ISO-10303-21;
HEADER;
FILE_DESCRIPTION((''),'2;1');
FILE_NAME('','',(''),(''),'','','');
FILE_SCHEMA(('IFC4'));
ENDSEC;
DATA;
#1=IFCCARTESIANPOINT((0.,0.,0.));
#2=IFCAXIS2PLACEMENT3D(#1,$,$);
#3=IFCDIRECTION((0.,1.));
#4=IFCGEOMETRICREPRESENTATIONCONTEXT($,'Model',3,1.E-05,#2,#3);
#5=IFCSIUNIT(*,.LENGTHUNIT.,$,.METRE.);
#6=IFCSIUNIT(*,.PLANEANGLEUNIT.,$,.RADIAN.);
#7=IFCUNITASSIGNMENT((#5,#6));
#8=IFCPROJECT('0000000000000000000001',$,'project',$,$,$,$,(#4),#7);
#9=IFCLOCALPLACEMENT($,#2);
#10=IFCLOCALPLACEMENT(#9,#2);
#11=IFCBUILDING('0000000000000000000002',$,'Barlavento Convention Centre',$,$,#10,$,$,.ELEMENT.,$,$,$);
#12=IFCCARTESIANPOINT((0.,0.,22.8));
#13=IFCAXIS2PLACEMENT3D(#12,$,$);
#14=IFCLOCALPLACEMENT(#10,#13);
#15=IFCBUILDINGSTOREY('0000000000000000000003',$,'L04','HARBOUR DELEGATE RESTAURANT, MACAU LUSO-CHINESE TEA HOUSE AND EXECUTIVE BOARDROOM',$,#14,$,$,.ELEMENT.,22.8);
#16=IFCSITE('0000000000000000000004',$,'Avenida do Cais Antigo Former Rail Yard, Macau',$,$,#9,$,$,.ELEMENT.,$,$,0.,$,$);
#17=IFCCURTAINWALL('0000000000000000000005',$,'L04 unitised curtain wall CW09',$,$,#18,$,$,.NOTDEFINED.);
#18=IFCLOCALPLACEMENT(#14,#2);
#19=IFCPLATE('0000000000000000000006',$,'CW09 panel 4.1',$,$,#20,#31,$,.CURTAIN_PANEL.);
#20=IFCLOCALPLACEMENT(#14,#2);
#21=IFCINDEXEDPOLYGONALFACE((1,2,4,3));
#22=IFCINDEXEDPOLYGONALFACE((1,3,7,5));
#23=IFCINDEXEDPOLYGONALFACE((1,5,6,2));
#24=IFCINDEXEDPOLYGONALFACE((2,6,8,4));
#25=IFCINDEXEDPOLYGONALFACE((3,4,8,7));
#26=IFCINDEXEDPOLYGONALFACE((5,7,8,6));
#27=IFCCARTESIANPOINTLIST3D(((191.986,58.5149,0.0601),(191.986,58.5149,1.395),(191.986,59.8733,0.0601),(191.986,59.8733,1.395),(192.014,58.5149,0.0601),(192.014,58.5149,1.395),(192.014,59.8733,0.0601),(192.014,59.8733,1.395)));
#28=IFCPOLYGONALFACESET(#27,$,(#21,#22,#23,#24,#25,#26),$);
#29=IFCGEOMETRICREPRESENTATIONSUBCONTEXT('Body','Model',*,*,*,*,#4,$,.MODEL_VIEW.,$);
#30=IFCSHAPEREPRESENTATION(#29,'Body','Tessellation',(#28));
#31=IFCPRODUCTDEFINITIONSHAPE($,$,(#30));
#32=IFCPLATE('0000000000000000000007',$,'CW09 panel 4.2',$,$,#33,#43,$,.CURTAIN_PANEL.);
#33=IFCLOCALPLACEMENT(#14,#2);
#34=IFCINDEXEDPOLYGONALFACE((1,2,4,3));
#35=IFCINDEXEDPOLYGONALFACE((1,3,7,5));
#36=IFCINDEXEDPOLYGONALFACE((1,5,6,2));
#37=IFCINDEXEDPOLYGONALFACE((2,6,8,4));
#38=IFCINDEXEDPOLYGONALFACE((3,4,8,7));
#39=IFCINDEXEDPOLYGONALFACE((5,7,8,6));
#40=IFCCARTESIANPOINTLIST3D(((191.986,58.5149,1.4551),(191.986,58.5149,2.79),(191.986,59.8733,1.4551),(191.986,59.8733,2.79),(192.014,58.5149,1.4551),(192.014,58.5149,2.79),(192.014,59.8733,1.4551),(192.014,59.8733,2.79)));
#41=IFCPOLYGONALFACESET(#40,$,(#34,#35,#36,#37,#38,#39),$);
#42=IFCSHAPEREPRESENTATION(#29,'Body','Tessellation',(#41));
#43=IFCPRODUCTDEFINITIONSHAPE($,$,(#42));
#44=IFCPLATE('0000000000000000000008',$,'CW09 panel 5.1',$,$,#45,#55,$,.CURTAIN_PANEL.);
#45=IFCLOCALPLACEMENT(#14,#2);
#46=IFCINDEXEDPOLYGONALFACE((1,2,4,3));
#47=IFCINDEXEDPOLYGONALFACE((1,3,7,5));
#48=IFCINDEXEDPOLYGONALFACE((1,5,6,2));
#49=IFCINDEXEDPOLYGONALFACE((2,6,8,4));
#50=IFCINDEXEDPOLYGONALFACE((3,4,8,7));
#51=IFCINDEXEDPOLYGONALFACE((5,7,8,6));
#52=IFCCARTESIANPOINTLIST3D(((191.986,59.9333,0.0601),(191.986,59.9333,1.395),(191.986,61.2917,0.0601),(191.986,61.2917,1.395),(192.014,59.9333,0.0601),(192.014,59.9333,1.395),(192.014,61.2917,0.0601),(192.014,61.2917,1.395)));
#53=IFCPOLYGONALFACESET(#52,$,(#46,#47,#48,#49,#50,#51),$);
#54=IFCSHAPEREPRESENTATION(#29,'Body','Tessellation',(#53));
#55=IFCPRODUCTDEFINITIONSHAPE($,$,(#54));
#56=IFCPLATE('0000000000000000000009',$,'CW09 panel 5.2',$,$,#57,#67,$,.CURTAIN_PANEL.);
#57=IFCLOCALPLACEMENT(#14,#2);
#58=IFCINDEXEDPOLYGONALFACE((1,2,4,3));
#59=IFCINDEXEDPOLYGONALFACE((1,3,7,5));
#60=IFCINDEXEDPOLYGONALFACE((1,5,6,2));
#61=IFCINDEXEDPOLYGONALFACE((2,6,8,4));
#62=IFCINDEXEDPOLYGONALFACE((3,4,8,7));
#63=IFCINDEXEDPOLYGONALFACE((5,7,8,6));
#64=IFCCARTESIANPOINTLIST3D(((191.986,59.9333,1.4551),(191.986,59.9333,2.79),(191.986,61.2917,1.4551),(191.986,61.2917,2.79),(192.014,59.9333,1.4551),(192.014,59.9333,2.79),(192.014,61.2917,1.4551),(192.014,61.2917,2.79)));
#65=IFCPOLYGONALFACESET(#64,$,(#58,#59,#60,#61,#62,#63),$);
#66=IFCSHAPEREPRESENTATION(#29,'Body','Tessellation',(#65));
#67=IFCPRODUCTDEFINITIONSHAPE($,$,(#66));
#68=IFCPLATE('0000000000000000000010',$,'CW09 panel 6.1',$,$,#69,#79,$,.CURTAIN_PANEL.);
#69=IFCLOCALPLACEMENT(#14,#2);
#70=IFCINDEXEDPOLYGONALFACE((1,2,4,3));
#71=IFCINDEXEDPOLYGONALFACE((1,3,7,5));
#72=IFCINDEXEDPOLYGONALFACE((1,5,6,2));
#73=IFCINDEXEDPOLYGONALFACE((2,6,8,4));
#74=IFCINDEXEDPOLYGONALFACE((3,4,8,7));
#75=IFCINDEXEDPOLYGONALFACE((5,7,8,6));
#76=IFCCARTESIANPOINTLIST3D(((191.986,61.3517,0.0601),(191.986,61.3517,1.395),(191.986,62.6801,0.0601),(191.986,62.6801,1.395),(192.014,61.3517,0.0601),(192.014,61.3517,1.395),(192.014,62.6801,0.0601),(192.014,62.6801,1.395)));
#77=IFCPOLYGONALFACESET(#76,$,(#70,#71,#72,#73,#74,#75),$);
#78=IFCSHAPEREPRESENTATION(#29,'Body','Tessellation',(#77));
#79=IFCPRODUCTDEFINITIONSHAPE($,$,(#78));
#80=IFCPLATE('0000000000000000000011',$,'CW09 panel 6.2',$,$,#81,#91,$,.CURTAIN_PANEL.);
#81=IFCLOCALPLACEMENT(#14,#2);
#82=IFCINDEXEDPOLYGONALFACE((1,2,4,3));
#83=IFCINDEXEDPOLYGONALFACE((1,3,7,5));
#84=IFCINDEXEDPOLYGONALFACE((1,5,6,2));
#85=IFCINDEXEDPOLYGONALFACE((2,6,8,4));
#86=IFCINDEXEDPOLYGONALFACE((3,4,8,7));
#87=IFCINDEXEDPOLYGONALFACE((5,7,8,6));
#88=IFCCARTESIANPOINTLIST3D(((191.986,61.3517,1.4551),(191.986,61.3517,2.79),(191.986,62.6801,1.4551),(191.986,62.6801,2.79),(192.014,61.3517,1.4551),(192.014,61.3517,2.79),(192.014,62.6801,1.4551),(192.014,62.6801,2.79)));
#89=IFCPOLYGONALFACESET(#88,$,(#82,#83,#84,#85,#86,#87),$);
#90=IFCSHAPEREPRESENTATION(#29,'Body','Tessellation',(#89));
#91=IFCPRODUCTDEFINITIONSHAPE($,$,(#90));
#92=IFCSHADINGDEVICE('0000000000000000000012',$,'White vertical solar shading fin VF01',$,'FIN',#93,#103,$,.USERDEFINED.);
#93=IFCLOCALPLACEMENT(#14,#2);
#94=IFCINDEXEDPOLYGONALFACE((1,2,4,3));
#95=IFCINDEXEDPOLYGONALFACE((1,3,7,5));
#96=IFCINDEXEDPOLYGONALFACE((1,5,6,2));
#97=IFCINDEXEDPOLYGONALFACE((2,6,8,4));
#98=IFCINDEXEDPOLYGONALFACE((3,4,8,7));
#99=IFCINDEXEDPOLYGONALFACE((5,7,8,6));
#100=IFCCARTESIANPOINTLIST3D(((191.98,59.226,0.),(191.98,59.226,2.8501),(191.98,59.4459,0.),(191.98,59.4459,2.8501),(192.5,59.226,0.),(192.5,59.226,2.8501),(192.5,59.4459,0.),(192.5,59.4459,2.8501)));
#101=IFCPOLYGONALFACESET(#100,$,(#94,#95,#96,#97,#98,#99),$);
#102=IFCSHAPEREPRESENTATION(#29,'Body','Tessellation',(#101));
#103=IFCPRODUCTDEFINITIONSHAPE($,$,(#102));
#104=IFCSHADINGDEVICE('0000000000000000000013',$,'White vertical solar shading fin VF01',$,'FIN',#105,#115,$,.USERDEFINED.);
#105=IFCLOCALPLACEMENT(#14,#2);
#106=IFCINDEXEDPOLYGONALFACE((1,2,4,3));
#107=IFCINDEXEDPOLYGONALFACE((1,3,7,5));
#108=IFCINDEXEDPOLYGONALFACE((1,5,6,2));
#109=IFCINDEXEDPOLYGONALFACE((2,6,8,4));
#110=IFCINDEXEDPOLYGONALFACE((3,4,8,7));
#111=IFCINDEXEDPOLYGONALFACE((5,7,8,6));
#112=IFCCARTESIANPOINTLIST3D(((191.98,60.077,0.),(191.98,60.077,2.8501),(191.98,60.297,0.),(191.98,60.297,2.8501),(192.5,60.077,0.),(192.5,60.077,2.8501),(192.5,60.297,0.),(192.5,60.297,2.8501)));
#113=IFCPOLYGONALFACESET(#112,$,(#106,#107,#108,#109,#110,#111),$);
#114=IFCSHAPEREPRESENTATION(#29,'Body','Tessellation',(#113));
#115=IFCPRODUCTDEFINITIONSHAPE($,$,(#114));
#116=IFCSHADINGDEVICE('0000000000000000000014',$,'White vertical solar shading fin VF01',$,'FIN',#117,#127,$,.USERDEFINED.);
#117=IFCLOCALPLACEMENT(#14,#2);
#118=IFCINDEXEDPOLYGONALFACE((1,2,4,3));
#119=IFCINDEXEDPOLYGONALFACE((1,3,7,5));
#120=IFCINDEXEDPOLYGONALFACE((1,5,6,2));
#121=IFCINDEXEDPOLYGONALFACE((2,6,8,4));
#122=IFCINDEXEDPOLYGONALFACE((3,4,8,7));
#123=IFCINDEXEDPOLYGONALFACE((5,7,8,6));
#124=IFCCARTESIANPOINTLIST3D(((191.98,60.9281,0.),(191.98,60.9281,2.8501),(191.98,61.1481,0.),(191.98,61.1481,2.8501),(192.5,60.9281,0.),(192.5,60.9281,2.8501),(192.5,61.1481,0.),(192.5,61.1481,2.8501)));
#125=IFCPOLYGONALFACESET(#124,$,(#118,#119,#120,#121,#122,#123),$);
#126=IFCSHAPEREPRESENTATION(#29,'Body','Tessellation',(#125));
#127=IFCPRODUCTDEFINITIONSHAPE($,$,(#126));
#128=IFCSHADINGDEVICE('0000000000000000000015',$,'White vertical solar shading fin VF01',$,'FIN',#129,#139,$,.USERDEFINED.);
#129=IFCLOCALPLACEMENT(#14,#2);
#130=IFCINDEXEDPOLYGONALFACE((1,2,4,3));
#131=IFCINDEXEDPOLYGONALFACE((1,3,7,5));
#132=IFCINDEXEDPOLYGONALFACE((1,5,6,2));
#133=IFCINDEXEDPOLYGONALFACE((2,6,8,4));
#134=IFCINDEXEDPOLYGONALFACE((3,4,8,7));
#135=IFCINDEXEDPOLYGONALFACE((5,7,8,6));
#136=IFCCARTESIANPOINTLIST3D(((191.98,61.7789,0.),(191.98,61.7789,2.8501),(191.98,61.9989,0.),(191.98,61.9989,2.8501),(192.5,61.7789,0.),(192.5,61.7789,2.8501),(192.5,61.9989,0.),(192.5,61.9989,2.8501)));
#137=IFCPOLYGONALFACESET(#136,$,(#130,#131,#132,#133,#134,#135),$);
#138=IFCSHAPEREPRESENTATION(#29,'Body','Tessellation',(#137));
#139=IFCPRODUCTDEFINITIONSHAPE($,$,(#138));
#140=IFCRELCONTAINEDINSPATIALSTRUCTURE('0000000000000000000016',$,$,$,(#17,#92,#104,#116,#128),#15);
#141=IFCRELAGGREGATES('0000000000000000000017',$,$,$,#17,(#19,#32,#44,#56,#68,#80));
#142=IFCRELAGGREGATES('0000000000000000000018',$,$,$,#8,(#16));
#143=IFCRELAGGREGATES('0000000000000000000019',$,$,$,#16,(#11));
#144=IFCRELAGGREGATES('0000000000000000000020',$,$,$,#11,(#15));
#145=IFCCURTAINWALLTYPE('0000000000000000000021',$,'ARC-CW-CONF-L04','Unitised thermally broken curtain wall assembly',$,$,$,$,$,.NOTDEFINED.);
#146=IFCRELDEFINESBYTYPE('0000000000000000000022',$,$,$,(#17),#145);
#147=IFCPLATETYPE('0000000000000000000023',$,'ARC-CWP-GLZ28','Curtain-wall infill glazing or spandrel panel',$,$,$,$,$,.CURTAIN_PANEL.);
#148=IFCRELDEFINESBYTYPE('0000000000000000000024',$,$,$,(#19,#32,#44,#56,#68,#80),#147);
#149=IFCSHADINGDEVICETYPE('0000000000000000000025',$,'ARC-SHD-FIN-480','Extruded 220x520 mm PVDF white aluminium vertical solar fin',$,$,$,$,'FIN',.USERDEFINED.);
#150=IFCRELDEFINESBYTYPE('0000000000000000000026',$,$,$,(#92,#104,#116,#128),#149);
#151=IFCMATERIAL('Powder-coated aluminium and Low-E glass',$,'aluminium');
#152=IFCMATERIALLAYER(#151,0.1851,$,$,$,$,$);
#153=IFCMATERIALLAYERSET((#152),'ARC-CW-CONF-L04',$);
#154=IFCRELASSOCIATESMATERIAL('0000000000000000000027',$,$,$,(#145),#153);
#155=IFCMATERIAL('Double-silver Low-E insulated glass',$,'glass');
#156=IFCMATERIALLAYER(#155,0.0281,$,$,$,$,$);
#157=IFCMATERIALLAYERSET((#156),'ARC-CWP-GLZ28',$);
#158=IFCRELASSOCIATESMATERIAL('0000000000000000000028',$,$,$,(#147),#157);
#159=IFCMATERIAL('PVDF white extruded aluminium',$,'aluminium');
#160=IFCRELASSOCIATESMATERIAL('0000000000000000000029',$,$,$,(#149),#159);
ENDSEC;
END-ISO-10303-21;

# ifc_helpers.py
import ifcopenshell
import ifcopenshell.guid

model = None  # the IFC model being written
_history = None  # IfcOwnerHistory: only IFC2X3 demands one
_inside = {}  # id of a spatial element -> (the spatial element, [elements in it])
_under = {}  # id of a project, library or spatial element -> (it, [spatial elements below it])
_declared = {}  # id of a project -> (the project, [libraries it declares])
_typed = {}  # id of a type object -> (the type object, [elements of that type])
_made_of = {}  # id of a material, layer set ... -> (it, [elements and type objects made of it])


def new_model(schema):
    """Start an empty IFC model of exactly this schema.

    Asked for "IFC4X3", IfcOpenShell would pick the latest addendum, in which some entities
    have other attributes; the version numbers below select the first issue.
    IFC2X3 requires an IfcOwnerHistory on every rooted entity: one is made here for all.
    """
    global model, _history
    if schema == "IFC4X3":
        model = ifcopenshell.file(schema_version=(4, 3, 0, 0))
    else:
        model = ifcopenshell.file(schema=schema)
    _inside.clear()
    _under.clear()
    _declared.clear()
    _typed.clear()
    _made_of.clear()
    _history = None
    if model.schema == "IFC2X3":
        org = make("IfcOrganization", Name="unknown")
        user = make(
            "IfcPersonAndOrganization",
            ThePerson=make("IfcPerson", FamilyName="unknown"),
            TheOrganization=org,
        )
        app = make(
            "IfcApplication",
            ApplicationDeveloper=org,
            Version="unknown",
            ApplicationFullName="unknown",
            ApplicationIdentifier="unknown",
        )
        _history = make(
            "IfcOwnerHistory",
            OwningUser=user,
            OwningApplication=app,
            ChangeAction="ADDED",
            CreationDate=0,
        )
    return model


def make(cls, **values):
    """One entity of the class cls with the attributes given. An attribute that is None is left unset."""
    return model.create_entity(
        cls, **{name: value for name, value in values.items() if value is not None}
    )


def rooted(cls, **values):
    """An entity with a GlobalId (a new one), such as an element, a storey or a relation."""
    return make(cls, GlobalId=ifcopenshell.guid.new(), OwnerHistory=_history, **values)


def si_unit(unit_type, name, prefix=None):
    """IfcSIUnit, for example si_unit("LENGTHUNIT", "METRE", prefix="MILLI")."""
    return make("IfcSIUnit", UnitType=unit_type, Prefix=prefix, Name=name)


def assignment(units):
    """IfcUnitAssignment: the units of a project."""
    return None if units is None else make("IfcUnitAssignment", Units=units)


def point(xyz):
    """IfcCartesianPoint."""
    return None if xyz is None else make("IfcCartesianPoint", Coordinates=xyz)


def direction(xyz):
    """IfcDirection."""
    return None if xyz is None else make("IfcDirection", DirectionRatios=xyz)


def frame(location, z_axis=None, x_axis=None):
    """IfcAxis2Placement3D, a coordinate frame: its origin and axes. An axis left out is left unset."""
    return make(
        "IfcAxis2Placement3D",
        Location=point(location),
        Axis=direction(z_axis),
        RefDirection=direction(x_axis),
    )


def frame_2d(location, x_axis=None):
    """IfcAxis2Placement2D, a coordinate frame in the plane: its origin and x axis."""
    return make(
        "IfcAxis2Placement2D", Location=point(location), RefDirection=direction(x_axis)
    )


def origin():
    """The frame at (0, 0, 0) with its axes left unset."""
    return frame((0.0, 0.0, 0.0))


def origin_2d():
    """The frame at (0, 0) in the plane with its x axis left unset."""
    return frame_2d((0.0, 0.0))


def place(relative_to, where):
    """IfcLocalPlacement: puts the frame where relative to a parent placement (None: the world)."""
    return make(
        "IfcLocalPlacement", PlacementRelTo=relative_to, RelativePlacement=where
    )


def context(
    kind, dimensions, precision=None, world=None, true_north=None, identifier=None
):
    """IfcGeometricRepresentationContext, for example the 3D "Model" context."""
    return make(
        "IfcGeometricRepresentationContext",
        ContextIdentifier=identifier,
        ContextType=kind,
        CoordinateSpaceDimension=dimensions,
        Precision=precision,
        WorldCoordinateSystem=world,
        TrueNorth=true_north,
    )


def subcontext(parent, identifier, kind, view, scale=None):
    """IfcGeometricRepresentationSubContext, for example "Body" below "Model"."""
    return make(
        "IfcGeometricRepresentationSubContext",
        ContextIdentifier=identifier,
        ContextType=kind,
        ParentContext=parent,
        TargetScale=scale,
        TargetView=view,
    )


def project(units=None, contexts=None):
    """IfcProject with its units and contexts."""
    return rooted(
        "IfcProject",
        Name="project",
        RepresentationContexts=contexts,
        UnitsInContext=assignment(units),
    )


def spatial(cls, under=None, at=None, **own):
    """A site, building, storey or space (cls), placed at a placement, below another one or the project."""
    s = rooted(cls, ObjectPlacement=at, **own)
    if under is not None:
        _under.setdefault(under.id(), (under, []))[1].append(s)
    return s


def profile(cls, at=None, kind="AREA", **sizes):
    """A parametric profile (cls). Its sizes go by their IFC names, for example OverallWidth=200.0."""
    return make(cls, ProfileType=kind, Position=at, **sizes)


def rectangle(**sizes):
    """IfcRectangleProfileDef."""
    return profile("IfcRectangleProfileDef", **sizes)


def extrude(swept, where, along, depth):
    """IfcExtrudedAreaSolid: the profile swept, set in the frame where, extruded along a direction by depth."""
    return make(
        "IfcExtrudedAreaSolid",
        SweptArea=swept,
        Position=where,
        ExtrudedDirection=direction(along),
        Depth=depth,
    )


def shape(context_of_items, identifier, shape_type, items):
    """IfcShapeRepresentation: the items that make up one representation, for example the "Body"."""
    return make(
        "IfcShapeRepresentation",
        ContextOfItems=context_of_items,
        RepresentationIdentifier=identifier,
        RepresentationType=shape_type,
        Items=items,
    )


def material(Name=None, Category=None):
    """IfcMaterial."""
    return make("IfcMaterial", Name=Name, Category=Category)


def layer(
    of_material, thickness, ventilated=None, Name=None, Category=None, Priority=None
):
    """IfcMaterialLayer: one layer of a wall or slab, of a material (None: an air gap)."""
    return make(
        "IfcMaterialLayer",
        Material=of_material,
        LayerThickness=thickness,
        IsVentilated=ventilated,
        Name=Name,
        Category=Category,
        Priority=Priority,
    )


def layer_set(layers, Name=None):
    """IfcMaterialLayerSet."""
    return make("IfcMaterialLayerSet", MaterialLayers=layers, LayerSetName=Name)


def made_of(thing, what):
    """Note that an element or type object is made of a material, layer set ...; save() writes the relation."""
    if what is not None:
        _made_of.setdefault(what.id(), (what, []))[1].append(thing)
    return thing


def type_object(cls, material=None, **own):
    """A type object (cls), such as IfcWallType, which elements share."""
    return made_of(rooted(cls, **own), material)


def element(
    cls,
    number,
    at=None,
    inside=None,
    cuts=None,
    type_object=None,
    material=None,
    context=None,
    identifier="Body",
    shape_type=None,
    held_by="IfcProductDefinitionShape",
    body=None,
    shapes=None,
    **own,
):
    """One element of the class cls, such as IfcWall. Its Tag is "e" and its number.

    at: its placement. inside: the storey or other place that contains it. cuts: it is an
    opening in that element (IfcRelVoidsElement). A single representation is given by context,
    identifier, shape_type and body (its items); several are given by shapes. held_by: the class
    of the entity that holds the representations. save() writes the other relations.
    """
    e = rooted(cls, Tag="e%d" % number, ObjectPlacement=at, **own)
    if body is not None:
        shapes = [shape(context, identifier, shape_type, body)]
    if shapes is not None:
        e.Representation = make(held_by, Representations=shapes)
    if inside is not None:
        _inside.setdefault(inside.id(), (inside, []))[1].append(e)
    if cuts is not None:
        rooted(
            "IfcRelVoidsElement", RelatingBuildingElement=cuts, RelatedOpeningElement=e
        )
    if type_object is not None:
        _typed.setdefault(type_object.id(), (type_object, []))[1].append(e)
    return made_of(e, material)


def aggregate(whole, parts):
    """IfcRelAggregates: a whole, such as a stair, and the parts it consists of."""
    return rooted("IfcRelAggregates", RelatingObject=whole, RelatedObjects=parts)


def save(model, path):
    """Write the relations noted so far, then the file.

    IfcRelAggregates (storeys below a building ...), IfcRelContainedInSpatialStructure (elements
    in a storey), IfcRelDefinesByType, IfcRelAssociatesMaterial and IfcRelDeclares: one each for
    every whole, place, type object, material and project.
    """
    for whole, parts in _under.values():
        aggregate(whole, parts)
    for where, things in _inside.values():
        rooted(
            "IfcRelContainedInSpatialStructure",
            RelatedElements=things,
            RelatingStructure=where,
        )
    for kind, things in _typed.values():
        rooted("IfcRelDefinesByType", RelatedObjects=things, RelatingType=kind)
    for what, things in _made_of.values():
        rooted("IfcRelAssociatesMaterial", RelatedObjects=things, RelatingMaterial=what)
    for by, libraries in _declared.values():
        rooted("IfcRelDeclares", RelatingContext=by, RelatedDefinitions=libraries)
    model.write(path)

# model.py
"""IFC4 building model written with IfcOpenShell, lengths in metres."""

from ifc_helpers import new_model, si_unit, direction, frame, origin, origin_2d, place, context, subcontext, project, spatial, rectangle, extrude, material, layer, layer_set, type_object, element, aggregate, save


model = new_model("IFC4")

# Units and contexts
model_context = context("Model", 3, precision=1e-05, world=origin(), true_north=direction((0.0, 1.0)))
body_context = subcontext(model_context, "Body", "Model", "MODEL_VIEW")
ifc_project = project(units=[si_unit("LENGTHUNIT", "METRE"), si_unit("PLANEANGLEUNIT", "RADIAN")], contexts=[model_context])

# Site, building, storey
site_placement = place(None, origin())
site = spatial("IfcSite", under=ifc_project, at=site_placement, Name="Avenida do Cais Antigo Former Rail Yard, Macau", CompositionType="ELEMENT", RefElevation=0.0)
building_placement = place(site_placement, origin())
building = spatial("IfcBuilding", under=site, at=building_placement, Name="Barlavento Convention Centre", CompositionType="ELEMENT")
storey_placement = place(building_placement, frame((0.0, 0.0, 22.8)))
storey = spatial("IfcBuildingStorey", under=building, at=storey_placement, Name="L04", Description="HARBOUR DELEGATE RESTAURANT, MACAU LUSO-CHINESE TEA HOUSE AND EXECUTIVE BOARDROOM", CompositionType="ELEMENT", Elevation=22.8)

# Curtain wall, plates
ifc_material_1 = material(Name="Powder-coated aluminium and Low-E glass", Category="aluminium")
ifc_layer_1 = layer(ifc_material_1, 0.1851)
ifc_layer_set_1 = layer_set([ifc_layer_1], Name="ARC-CW-CONF-L04")
curtain_wall_type = type_object("IfcCurtainWallType", Name="ARC-CW-CONF-L04", Description="Unitised thermally broken curtain wall assembly", PredefinedType="NOTDEFINED", material=ifc_layer_set_1)
curtain_wall_placement = place(storey_placement, origin())
curtain_wall = element("IfcCurtainWall", 1, at=curtain_wall_placement, inside=storey, type_object=curtain_wall_type, Name="L04 unitised curtain wall CW09", PredefinedType="NOTDEFINED")
ifc_material_2 = material(Name="Double-silver Low-E insulated glass", Category="glass")
ifc_layer_2 = layer(ifc_material_2, 0.0281)
ifc_layer_set_2 = layer_set([ifc_layer_2], Name="ARC-CWP-GLZ28")
plate_type = type_object("IfcPlateType", Name="ARC-CWP-GLZ28", Description="Curtain-wall infill glazing or spandrel panel", PredefinedType="CURTAIN_PANEL", material=ifc_layer_set_2)
plate_1_placement = place(storey_placement, frame((192.0, 59.1941, 0.0601), z_axis=(0.0, 0.0, 1.0), x_axis=(0.0, 1.0, 0.0)))
plate_1 = element("IfcPlate", 2, at=plate_1_placement, type_object=plate_type, Name="CW09 panel 4.1", PredefinedType="CURTAIN_PANEL", context=body_context, shape_type="SweptSolid", body=[
    extrude(rectangle(XDim=1.3584, YDim=0.0281, at=origin_2d()), origin(), (0.0, 0.0, 1.0), 1.335),
])
plate_2_placement = place(storey_placement, frame((192.0, 59.1941, 1.4551), z_axis=(0.0, 0.0, 1.0), x_axis=(0.0, 1.0, 0.0)))
plate_2 = element("IfcPlate", 3, at=plate_2_placement, type_object=plate_type, Name="CW09 panel 4.2", PredefinedType="CURTAIN_PANEL", context=body_context, shape_type="SweptSolid", body=[
    extrude(rectangle(XDim=1.3584, YDim=0.0281, at=origin_2d()), origin(), (0.0, 0.0, 1.0), 1.335),
])
plate_3_placement = place(storey_placement, frame((192.0, 60.6125, 0.0601), z_axis=(0.0, 0.0, 1.0), x_axis=(0.0, 1.0, 0.0)))
plate_3 = element("IfcPlate", 4, at=plate_3_placement, type_object=plate_type, Name="CW09 panel 5.1", PredefinedType="CURTAIN_PANEL", context=body_context, shape_type="SweptSolid", body=[
    extrude(rectangle(XDim=1.3584, YDim=0.0281, at=origin_2d()), origin(), (0.0, 0.0, 1.0), 1.335),
])
plate_4_placement = place(storey_placement, frame((192.0, 60.6125, 1.4551), z_axis=(0.0, 0.0, 1.0), x_axis=(0.0, 1.0, 0.0)))
plate_4 = element("IfcPlate", 5, at=plate_4_placement, type_object=plate_type, Name="CW09 panel 5.2", PredefinedType="CURTAIN_PANEL", context=body_context, shape_type="SweptSolid", body=[
    extrude(rectangle(XDim=1.3584, YDim=0.0281, at=origin_2d()), origin(), (0.0, 0.0, 1.0), 1.335),
])
plate_5_placement = place(storey_placement, frame((192.0, 62.0159, 0.0601), z_axis=(0.0, 0.0, 1.0), x_axis=(0.0, 1.0, 0.0)))
plate_5 = element("IfcPlate", 6, at=plate_5_placement, type_object=plate_type, Name="CW09 panel 6.1", PredefinedType="CURTAIN_PANEL", context=body_context, shape_type="SweptSolid", body=[
    extrude(rectangle(XDim=1.3284, YDim=0.0281, at=origin_2d()), origin(), (0.0, 0.0, 1.0), 1.335),
])
plate_6_placement = place(storey_placement, frame((192.0, 62.0159, 1.4551), z_axis=(0.0, 0.0, 1.0), x_axis=(0.0, 1.0, 0.0)))
plate_6 = element("IfcPlate", 7, at=plate_6_placement, type_object=plate_type, Name="CW09 panel 6.2", PredefinedType="CURTAIN_PANEL", context=body_context, shape_type="SweptSolid", body=[
    extrude(rectangle(XDim=1.3284, YDim=0.0281, at=origin_2d()), origin(), (0.0, 0.0, 1.0), 1.335),
])
aggregate(curtain_wall, [plate_1, plate_2, plate_3, plate_4, plate_5, plate_6])

# Shading devices
ifc_material_3 = material(Name="PVDF white extruded aluminium", Category="aluminium")
shading_device_type = type_object("IfcShadingDeviceType", Name="ARC-SHD-FIN-480", Description="Extruded 220x520 mm PVDF white aluminium vertical solar fin", ElementType="FIN", PredefinedType="USERDEFINED", material=ifc_material_3)
for number, where, z_axis, x_axis, name in (
    (8, (192.24, 59.3359, 0.0), (0.0, 0.0, 1.0), (0.0, 1.0, 0.0), "White vertical solar shading fin VF01"),
    (9, (192.24, 60.187, 0.0), (0.0, 0.0, 1.0), (0.0, 1.0, 0.0), "White vertical solar shading fin VF01"),
    (10, (192.24, 61.0381, 0.0), (0.0, 0.0, 1.0), (0.0, 1.0, 0.0), "White vertical solar shading fin VF01"),
    (11, (192.24, 61.8889, 0.0), (0.0, 0.0, 1.0), (0.0, 1.0, 0.0), "White vertical solar shading fin VF01"),
):
    element("IfcShadingDevice", number, at=place(storey_placement, frame(where, z_axis=z_axis, x_axis=x_axis)), inside=storey, type_object=shading_device_type, Name=name, ObjectType="FIN", PredefinedType="USERDEFINED", context=body_context, shape_type="SweptSolid", body=[
        extrude(rectangle(XDim=0.22, YDim=0.52, at=origin_2d()), origin(), (0.0, 0.0, 1.0), 2.8501),
    ])

save(model, "model.ifc")
